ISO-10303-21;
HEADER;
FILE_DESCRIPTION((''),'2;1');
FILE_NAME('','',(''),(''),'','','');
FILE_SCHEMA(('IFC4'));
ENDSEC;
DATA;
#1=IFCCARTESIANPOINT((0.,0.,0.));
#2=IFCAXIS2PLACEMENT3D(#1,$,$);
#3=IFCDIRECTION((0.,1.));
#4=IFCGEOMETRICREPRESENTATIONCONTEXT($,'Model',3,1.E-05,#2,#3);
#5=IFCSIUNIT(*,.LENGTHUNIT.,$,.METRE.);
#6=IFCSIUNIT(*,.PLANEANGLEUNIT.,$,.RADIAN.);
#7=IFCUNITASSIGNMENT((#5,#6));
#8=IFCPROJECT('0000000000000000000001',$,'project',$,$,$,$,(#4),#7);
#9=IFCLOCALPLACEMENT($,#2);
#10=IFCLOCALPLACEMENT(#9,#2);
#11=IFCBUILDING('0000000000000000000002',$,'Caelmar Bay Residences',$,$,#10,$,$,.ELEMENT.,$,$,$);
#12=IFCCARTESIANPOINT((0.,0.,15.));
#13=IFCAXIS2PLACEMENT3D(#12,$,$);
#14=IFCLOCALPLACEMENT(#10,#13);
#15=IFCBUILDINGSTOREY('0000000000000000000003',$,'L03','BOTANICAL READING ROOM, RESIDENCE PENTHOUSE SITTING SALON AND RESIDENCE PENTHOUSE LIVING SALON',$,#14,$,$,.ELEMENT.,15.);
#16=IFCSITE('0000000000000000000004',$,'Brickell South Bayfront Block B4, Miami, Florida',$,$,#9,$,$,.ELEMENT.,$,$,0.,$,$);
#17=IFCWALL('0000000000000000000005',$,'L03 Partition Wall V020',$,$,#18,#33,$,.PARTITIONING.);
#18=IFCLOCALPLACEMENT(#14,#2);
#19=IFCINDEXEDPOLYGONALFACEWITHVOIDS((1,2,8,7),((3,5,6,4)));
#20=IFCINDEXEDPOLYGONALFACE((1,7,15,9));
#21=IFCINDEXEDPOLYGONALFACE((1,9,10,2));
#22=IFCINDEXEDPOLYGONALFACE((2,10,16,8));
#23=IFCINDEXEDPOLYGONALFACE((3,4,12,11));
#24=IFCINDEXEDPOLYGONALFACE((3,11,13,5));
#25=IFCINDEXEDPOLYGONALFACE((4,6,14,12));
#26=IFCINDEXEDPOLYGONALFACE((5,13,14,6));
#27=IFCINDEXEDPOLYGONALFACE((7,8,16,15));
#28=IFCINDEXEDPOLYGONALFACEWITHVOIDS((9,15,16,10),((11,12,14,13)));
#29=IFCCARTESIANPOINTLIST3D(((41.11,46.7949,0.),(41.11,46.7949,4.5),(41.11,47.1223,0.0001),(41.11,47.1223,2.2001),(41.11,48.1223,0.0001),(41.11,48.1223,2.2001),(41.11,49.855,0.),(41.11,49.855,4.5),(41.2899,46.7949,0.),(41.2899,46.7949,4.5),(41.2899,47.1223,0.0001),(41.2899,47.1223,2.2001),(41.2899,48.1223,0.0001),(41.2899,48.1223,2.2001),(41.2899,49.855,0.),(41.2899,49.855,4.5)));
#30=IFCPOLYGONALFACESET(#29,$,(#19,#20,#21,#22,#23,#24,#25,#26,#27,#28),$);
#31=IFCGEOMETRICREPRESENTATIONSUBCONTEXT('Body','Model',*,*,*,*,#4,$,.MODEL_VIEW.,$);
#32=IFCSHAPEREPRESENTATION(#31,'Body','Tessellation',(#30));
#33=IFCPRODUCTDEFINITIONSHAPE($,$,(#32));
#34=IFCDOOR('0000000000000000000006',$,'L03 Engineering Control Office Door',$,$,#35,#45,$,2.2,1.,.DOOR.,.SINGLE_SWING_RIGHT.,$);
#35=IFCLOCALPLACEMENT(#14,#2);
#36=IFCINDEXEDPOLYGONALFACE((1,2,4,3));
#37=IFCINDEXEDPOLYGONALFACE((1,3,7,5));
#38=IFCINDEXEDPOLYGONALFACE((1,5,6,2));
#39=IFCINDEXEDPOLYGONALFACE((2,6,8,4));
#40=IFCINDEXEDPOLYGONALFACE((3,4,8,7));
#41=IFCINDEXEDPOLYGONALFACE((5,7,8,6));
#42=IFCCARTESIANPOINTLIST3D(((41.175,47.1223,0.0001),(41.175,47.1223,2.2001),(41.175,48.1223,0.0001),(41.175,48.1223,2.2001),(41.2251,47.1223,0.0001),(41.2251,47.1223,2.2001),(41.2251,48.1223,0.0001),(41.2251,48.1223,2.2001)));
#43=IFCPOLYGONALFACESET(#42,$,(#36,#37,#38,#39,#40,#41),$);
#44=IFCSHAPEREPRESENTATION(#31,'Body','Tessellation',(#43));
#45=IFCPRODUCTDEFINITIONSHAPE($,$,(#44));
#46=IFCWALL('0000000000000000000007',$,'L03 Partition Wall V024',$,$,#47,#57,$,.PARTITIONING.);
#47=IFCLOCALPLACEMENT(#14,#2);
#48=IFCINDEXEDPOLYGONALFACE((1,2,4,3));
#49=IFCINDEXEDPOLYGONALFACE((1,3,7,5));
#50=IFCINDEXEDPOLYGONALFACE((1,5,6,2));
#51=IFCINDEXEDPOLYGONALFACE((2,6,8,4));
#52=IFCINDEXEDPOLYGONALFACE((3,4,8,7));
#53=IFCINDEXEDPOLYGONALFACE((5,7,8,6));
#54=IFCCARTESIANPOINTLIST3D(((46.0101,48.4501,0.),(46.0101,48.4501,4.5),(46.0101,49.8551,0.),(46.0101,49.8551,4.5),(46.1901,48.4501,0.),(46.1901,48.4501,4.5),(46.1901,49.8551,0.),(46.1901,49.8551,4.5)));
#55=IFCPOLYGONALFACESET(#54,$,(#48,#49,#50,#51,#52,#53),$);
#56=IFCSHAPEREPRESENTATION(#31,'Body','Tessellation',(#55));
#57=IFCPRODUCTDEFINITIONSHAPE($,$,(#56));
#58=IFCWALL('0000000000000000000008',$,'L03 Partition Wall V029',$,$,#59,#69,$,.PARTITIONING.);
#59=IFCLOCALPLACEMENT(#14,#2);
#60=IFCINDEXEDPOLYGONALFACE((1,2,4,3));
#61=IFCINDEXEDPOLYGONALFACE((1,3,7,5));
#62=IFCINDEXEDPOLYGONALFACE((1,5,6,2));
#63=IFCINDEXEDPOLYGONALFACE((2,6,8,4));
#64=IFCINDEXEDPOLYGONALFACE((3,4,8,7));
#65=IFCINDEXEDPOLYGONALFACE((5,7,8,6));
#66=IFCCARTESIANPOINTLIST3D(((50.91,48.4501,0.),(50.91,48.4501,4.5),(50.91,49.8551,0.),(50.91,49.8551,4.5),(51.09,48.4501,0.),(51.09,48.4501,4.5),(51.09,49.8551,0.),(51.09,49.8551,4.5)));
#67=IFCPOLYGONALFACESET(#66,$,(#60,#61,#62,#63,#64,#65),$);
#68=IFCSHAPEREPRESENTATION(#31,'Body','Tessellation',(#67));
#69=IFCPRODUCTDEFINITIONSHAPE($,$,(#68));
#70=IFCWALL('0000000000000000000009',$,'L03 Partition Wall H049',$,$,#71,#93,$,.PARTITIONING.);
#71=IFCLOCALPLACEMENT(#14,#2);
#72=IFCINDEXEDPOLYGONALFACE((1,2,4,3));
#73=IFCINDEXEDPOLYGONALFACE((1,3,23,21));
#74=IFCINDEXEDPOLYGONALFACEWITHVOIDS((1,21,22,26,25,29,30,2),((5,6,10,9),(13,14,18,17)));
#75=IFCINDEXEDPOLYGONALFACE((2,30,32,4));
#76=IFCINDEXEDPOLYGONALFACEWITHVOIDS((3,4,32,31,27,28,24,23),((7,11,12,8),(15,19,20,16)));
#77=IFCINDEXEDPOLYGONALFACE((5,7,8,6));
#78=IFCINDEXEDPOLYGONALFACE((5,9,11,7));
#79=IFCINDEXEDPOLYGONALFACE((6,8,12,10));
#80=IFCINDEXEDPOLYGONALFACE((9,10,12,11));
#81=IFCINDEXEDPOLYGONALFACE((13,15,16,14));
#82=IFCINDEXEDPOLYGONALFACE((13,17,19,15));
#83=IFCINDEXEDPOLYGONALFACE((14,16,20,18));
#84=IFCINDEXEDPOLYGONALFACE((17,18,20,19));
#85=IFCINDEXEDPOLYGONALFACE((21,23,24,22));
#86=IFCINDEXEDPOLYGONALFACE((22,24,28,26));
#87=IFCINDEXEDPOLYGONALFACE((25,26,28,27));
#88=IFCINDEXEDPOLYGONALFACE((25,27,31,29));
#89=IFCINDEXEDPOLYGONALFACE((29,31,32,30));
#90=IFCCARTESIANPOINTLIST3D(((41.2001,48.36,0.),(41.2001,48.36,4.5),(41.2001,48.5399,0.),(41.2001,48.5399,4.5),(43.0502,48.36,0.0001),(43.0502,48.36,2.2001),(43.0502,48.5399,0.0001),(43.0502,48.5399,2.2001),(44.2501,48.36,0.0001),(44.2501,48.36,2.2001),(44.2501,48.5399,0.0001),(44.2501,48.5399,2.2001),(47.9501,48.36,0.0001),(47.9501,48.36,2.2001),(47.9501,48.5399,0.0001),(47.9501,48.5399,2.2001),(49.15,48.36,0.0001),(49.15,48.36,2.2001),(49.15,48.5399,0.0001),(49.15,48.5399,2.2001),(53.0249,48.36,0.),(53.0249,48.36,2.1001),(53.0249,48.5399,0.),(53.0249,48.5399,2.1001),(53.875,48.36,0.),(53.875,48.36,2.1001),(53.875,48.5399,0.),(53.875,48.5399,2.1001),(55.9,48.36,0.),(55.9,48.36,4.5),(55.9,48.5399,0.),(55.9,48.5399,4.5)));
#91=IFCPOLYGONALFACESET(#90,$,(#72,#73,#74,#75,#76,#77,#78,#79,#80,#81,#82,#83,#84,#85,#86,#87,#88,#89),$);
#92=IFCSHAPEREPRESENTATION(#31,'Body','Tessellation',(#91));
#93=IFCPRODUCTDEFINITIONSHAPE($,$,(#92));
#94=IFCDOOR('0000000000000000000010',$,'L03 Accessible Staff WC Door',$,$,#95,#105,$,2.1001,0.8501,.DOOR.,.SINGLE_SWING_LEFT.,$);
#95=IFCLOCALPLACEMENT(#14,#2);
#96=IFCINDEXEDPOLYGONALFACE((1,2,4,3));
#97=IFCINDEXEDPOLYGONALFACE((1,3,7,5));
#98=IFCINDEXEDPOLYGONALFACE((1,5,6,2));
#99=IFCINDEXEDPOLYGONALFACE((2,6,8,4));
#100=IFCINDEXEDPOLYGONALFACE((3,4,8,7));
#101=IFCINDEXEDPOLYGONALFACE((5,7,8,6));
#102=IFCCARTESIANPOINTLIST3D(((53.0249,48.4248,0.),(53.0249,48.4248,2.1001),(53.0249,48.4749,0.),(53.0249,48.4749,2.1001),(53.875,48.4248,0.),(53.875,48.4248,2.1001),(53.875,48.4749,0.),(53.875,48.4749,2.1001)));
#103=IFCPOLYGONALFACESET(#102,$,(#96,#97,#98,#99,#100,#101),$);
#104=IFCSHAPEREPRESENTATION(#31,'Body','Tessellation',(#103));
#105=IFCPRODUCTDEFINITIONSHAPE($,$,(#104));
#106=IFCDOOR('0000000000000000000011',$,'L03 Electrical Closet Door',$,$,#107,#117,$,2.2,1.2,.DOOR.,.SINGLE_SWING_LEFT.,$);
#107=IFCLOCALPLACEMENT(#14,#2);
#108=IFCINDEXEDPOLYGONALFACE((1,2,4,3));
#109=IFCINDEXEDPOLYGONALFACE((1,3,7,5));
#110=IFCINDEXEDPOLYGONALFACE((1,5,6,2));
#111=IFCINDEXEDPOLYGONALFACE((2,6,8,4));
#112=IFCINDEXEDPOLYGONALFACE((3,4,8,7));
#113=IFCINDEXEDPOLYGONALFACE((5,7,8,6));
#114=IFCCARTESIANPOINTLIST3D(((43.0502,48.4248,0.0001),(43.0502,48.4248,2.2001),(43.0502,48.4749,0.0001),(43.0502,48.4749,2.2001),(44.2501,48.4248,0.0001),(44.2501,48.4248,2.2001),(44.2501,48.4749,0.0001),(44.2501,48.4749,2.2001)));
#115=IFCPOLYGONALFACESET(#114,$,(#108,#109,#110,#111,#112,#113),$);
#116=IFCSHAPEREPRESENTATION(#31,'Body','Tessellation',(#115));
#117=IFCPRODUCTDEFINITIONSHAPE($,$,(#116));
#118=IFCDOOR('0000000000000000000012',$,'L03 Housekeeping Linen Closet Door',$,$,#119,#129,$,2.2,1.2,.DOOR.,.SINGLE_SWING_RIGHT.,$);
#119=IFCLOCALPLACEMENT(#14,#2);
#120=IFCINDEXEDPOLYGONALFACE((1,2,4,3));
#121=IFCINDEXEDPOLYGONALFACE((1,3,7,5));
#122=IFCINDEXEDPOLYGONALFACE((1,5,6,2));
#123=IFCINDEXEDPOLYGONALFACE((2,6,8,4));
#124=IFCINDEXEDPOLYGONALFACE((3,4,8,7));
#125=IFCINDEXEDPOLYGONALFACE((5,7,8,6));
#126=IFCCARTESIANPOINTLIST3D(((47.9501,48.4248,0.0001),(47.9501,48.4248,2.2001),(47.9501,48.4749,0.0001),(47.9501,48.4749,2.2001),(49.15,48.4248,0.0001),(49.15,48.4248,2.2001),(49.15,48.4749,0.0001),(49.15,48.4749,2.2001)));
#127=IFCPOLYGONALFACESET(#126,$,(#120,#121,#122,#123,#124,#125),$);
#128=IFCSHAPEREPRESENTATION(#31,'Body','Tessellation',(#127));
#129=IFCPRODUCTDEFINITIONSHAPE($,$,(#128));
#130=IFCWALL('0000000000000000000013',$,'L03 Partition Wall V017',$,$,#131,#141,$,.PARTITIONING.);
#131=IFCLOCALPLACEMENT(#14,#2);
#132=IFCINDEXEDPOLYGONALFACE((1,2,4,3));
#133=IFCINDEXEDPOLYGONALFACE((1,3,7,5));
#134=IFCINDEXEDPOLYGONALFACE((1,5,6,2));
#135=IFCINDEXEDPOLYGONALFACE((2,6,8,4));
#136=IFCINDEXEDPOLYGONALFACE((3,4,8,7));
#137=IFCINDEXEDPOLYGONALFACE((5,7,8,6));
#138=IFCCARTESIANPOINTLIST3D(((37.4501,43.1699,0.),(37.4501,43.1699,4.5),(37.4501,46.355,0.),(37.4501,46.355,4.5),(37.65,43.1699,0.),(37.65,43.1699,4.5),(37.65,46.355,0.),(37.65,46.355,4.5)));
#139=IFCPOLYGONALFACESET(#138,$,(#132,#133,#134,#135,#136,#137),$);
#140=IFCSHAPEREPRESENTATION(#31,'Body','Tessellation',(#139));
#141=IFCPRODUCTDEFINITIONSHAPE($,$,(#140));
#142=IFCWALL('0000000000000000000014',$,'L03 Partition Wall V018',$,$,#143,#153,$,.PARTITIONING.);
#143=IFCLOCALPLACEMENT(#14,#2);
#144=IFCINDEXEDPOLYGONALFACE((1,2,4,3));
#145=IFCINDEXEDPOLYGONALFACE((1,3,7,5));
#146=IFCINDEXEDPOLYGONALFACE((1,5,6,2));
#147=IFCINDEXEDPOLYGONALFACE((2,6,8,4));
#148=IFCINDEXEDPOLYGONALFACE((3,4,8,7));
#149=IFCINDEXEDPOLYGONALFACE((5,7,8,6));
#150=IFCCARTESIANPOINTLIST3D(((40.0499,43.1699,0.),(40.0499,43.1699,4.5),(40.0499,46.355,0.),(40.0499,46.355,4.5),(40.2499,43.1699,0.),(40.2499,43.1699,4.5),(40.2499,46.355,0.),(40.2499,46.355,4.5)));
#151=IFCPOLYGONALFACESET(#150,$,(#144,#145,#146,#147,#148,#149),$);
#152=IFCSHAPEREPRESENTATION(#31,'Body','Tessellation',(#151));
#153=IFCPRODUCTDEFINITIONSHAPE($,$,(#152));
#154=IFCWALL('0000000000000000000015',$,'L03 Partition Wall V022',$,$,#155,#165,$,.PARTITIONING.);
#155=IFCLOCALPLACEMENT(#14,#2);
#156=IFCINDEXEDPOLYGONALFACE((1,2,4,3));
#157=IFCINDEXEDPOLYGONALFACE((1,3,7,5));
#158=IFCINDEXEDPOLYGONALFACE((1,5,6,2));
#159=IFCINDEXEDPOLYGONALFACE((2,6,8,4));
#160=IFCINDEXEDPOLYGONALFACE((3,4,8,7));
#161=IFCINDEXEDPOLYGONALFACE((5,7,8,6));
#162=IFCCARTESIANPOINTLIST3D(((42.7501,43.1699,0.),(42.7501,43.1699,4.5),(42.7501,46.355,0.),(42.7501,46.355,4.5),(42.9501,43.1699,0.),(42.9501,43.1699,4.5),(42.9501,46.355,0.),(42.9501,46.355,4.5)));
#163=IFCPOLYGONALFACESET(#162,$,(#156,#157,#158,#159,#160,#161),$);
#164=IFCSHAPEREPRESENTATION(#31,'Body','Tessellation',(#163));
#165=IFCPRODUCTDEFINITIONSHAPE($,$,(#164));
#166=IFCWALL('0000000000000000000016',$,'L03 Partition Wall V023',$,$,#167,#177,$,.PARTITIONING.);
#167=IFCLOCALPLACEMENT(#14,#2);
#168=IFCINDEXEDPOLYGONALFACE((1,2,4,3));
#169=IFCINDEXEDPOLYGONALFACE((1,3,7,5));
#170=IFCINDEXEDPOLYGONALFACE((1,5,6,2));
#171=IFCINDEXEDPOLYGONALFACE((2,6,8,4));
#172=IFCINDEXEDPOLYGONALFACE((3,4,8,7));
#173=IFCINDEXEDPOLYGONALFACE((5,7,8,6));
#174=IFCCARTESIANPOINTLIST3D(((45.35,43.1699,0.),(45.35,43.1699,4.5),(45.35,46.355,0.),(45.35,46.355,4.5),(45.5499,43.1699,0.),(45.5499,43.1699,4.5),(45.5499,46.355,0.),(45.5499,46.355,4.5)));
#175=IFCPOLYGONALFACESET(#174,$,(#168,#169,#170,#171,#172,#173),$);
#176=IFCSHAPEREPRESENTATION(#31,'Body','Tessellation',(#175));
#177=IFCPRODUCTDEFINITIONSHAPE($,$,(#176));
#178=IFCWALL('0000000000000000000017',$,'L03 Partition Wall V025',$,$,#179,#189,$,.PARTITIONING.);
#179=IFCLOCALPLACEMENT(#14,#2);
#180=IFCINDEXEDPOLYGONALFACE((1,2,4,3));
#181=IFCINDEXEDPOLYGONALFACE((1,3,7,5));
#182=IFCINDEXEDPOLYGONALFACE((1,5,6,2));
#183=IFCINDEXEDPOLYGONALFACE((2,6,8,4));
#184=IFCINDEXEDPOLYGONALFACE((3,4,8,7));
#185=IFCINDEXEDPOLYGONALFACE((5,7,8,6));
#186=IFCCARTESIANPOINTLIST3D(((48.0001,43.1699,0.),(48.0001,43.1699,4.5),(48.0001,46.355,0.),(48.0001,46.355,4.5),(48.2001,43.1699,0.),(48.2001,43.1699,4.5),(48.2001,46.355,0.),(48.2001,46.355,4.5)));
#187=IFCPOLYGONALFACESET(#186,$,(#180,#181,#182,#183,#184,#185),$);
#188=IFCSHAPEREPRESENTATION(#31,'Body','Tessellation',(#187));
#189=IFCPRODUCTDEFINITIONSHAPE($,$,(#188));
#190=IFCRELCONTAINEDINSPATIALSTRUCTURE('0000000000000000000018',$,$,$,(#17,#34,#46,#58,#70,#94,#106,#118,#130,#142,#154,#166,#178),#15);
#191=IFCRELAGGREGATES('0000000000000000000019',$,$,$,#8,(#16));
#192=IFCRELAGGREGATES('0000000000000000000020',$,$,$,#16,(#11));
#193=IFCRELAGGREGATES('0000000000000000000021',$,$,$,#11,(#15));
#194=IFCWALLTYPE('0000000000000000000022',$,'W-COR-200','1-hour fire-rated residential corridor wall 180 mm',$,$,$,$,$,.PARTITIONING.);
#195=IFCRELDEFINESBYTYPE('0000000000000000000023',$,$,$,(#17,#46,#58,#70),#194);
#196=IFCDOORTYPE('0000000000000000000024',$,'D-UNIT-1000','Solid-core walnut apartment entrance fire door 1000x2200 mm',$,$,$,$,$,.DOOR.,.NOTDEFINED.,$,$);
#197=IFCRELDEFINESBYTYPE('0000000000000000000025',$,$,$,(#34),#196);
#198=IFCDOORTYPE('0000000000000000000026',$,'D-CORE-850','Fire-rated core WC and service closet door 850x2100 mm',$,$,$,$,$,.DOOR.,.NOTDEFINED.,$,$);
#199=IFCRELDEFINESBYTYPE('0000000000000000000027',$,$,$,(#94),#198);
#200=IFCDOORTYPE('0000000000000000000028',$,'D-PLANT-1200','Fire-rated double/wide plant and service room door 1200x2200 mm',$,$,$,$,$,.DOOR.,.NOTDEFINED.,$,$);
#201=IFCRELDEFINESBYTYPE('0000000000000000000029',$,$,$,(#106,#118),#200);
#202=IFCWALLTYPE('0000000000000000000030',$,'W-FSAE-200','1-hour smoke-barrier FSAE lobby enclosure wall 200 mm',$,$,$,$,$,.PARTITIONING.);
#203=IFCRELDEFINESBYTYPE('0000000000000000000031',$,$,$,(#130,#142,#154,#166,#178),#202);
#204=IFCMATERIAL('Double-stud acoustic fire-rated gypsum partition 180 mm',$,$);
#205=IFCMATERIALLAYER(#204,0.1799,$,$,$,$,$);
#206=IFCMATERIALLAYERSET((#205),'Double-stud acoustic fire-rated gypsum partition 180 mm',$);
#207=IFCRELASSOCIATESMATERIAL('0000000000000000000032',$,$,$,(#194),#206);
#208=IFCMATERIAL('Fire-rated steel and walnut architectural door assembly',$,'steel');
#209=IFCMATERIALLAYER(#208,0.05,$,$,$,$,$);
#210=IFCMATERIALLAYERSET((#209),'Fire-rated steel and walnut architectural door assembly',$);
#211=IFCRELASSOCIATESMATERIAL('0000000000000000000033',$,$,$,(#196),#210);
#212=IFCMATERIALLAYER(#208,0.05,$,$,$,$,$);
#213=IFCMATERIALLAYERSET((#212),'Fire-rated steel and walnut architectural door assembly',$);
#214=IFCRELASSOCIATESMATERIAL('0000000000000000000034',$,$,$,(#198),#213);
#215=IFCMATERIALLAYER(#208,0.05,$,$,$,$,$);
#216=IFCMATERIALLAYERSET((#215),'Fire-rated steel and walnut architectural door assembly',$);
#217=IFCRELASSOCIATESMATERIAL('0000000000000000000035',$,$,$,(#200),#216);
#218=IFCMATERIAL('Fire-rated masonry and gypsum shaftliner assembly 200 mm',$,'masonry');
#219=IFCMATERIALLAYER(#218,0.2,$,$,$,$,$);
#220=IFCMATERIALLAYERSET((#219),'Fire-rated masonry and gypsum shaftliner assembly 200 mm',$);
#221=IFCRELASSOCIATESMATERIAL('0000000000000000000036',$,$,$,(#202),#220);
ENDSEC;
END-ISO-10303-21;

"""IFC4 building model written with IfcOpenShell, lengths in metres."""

from ifc_helpers import new_model, si_unit, direction, frame, frame_2d, origin, place, context, subcontext, project, spatial, rectangle, extrude, material, layer, layer_set, type_object, element, fill, save


model = new_model("IFC4")

# Units and contexts
model_context = context("Model", 3, precision=1e-05, world=origin(), true_north=direction((0.0, 1.0)))
body_context = subcontext(model_context, "Body", "Model", "MODEL_VIEW")
ifc_project = project(units=[si_unit("LENGTHUNIT", "METRE"), si_unit("PLANEANGLEUNIT", "RADIAN")], contexts=[model_context])

# Site, building, storey
site_placement = place(None, origin())
site = spatial("IfcSite", under=ifc_project, at=site_placement, Name="Brickell South Bayfront Block B4, Miami, Florida", CompositionType="ELEMENT", RefElevation=0.0)
building_placement = place(site_placement, origin())
building = spatial("IfcBuilding", under=site, at=building_placement, Name="Caelmar Bay Residences", CompositionType="ELEMENT")
storey_placement = place(building_placement, frame((0.0, 0.0, 15.0)))
storey = spatial("IfcBuildingStorey", under=building, at=storey_placement, Name="L03", Description="BOTANICAL READING ROOM, RESIDENCE PENTHOUSE SITTING SALON AND RESIDENCE PENTHOUSE LIVING SALON", CompositionType="ELEMENT", Elevation=15.0)

# Wall, opening, door
ifc_material_1 = material(Name="Double-stud acoustic fire-rated gypsum partition 180 mm")
ifc_layer_1 = layer(ifc_material_1, 0.1799)
ifc_layer_set_1 = layer_set([ifc_layer_1], Name="Double-stud acoustic fire-rated gypsum partition 180 mm")
wall_type_1 = type_object("IfcWallType", Name="W-COR-200", Description="1-hour fire-rated residential corridor wall 180 mm", PredefinedType="PARTITIONING", material=ifc_layer_set_1)
wall_1_placement = place(storey_placement, frame((41.2, 46.7949, 0.0), z_axis=(0.0, 0.0, 1.0), x_axis=(0.0, 1.0, 0.0)))
wall_1 = element("IfcWall", 1, at=wall_1_placement, inside=storey, type_object=wall_type_1, Name="L03 Partition Wall V020", PredefinedType="PARTITIONING", context=body_context, shape_type="SweptSolid", body=[
    extrude(rectangle(XDim=3.0601, YDim=0.1799, at=frame_2d((1.53, 0.0))), origin(), (0.0, 0.0, 1.0), 4.5),
])
opening_1_placement = place(wall_1_placement, frame((0.3274, 0.0, 0.0)))
opening_1 = element("IfcOpeningElement", 2, at=opening_1_placement, cuts=wall_1, PredefinedType="OPENING", context=body_context, shape_type="SweptSolid", body=[
    extrude(rectangle(XDim=1.0, YDim=2.2, at=frame_2d((0.5, 1.1001))), frame((0.0, 0.0999, 0.0), z_axis=(0.0, -1.0, 0.0), x_axis=(1.0, 0.0, 0.0)), (0.0, 0.0, 1.0), 0.2),
])
ifc_material_2 = material(Name="Fire-rated steel and walnut architectural door assembly", Category="steel")
ifc_layer_2 = layer(ifc_material_2, 0.05)
ifc_layer_set_2 = layer_set([ifc_layer_2], Name="Fire-rated steel and walnut architectural door assembly")
door_type_1 = type_object("IfcDoorType", Name="D-UNIT-1000", Description="Solid-core walnut apartment entrance fire door 1000x2200 mm", OperationType="NOTDEFINED", PredefinedType="DOOR", material=ifc_layer_set_2)
door_1_placement = place(opening_1_placement, origin())
door_1 = element("IfcDoor", 3, at=door_1_placement, inside=storey, type_object=door_type_1, Name="L03 Engineering Control Office Door", OperationType="SINGLE_SWING_RIGHT", OverallHeight=2.2, OverallWidth=1.0, PredefinedType="DOOR", context=body_context, shape_type="SweptSolid", body=[
    extrude(rectangle(XDim=1.0, YDim=2.2, at=frame_2d((0.5, 1.1001))), frame((0.0, 0.0249, 0.0), z_axis=(0.0, -1.0, 0.0), x_axis=(1.0, 0.0, 0.0)), (0.0, 0.0, 1.0), 0.05),
])
fill(opening_1, door_1)

# Walls
for number, where, z_axis, x_axis, name in (
    (4, (46.1001, 48.45, 0.0), (0.0, 0.0, 1.0), (0.0, 1.0, 0.0), "L03 Partition Wall V024"),
    (5, (51.0, 48.45, 0.0), (0.0, 0.0, 1.0), (0.0, 1.0, 0.0), "L03 Partition Wall V029"),
):
    element("IfcWall", number, at=place(storey_placement, frame(where, z_axis=z_axis, x_axis=x_axis)), inside=storey, type_object=wall_type_1, Name=name, PredefinedType="PARTITIONING", context=body_context, shape_type="SweptSolid", body=[
        extrude(rectangle(XDim=1.405, YDim=0.1799, at=frame_2d((0.7026, 0.0))), origin(), (0.0, 0.0, 1.0), 4.5),
    ])

# Wall, openings, doors
wall_2_placement = place(storey_placement, frame((41.2, 48.45, 0.0), z_axis=(0.0, 0.0, 1.0), x_axis=(1.0, 0.0, 0.0)))
wall_2 = element("IfcWall", 6, at=wall_2_placement, inside=storey, type_object=wall_type_1, Name="L03 Partition Wall H049", PredefinedType="PARTITIONING", context=body_context, shape_type="SweptSolid", body=[
    extrude(rectangle(XDim=14.7, YDim=0.1799, at=frame_2d((7.3501, 0.0))), origin(), (0.0, 0.0, 1.0), 4.5),
])
opening_2_placement = place(wall_2_placement, frame((1.8501, 0.0, 0.0)))
opening_2 = element("IfcOpeningElement", 7, at=opening_2_placement, cuts=wall_2, PredefinedType="OPENING", context=body_context, shape_type="SweptSolid", body=[
    extrude(rectangle(XDim=1.2, YDim=2.2, at=frame_2d((0.6001, 1.1001))), frame((0.0, 0.0999, 0.0), z_axis=(0.0, -1.0, 0.0), x_axis=(1.0, 0.0, 0.0)), (0.0, 0.0, 1.0), 0.2),
])
opening_3_placement = place(wall_2_placement, frame((6.75, 0.0, 0.0)))
opening_3 = element("IfcOpeningElement", 8, at=opening_3_placement, cuts=wall_2, PredefinedType="OPENING", context=body_context, shape_type="SweptSolid", body=[
    extrude(rectangle(XDim=1.2, YDim=2.2, at=frame_2d((0.6001, 1.1001))), frame((0.0, 0.0999, 0.0), z_axis=(0.0, -1.0, 0.0), x_axis=(1.0, 0.0, 0.0)), (0.0, 0.0, 1.0), 0.2),
])
opening_4_placement = place(wall_2_placement, frame((11.825, 0.0, 0.0)))
opening_4 = element("IfcOpeningElement", 9, at=opening_4_placement, cuts=wall_2, PredefinedType="OPENING", context=body_context, shape_type="SweptSolid", body=[
    extrude(rectangle(XDim=0.8501, YDim=2.1001, at=frame_2d((0.425, 1.05))), frame((0.0, 0.0999, 0.0), z_axis=(0.0, -1.0, 0.0), x_axis=(1.0, 0.0, 0.0)), (0.0, 0.0, 1.0), 0.2),
])
ifc_layer_3 = layer(ifc_material_2, 0.05)
ifc_layer_set_3 = layer_set([ifc_layer_3], Name="Fire-rated steel and walnut architectural door assembly")
door_type_2 = type_object("IfcDoorType", Name="D-CORE-850", Description="Fire-rated core WC and service closet door 850x2100 mm", OperationType="NOTDEFINED", PredefinedType="DOOR", material=ifc_layer_set_3)
door_2_placement = place(opening_4_placement, origin())
door_2 = element("IfcDoor", 10, at=door_2_placement, inside=storey, type_object=door_type_2, Name="L03 Accessible Staff WC Door", OperationType="SINGLE_SWING_LEFT", OverallHeight=2.1001, OverallWidth=0.8501, PredefinedType="DOOR", context=body_context, shape_type="SweptSolid", body=[
    extrude(rectangle(XDim=0.8501, YDim=2.1001, at=frame_2d((0.425, 1.05))), frame((0.0, 0.0249, 0.0), z_axis=(0.0, -1.0, 0.0), x_axis=(1.0, 0.0, 0.0)), (0.0, 0.0, 1.0), 0.05),
])
fill(opening_4, door_2)
ifc_layer_4 = layer(ifc_material_2, 0.05)
ifc_layer_set_4 = layer_set([ifc_layer_4], Name="Fire-rated steel and walnut architectural door assembly")
door_type_3 = type_object("IfcDoorType", Name="D-PLANT-1200", Description="Fire-rated double/wide plant and service room door 1200x2200 mm", OperationType="NOTDEFINED", PredefinedType="DOOR", material=ifc_layer_set_4)
door_3_placement = place(opening_2_placement, origin())
door_3 = element("IfcDoor", 11, at=door_3_placement, inside=storey, type_object=door_type_3, Name="L03 Electrical Closet Door", OperationType="SINGLE_SWING_LEFT", OverallHeight=2.2, OverallWidth=1.2, PredefinedType="DOOR", context=body_context, shape_type="SweptSolid", body=[
    extrude(rectangle(XDim=1.2, YDim=2.2, at=frame_2d((0.6001, 1.1001))), frame((0.0, 0.0249, 0.0), z_axis=(0.0, -1.0, 0.0), x_axis=(1.0, 0.0, 0.0)), (0.0, 0.0, 1.0), 0.05),
])
fill(opening_2, door_3)
door_4_placement = place(opening_3_placement, origin())
door_4 = element("IfcDoor", 12, at=door_4_placement, inside=storey, type_object=door_type_3, Name="L03 Housekeeping Linen Closet Door", OperationType="SINGLE_SWING_RIGHT", OverallHeight=2.2, OverallWidth=1.2, PredefinedType="DOOR", context=body_context, shape_type="SweptSolid", body=[
    extrude(rectangle(XDim=1.2, YDim=2.2, at=frame_2d((0.6001, 1.1001))), frame((0.0, 0.0249, 0.0), z_axis=(0.0, -1.0, 0.0), x_axis=(1.0, 0.0, 0.0)), (0.0, 0.0, 1.0), 0.05),
])
fill(opening_3, door_4)

# Walls
ifc_material_3 = material(Name="Fire-rated masonry and gypsum shaftliner assembly 200 mm", Category="masonry")
ifc_layer_5 = layer(ifc_material_3, 0.2)
ifc_layer_set_5 = layer_set([ifc_layer_5], Name="Fire-rated masonry and gypsum shaftliner assembly 200 mm")
wall_type_2 = type_object("IfcWallType", Name="W-FSAE-200", Description="1-hour smoke-barrier FSAE lobby enclosure wall 200 mm", PredefinedType="PARTITIONING", material=ifc_layer_set_5)
for number, where, z_axis, x_axis, name in (
    (13, (37.55, 43.1699, 0.0), (0.0, 0.0, 1.0), (0.0, 1.0, 0.0), "L03 Partition Wall V017"),
    (14, (40.1499, 43.1699, 0.0), (0.0, 0.0, 1.0), (0.0, 1.0, 0.0), "L03 Partition Wall V018"),
    (15, (42.8501, 43.1699, 0.0), (0.0, 0.0, 1.0), (0.0, 1.0, 0.0), "L03 Partition Wall V022"),
    (16, (45.45, 43.1699, 0.0), (0.0, 0.0, 1.0), (0.0, 1.0, 0.0), "L03 Partition Wall V023"),
    (17, (48.1001, 43.1699, 0.0), (0.0, 0.0, 1.0), (0.0, 1.0, 0.0), "L03 Partition Wall V025"),
):
    element("IfcWall", number, at=place(storey_placement, frame(where, z_axis=z_axis, x_axis=x_axis)), inside=storey, type_object=wall_type_2, Name=name, PredefinedType="PARTITIONING", context=body_context, shape_type="SweptSolid", body=[
        extrude(rectangle(XDim=3.1851, YDim=0.2, at=frame_2d((1.5925, 0.0))), origin(), (0.0, 0.0, 1.0), 4.5),
    ])

save(model, "model.ifc")
